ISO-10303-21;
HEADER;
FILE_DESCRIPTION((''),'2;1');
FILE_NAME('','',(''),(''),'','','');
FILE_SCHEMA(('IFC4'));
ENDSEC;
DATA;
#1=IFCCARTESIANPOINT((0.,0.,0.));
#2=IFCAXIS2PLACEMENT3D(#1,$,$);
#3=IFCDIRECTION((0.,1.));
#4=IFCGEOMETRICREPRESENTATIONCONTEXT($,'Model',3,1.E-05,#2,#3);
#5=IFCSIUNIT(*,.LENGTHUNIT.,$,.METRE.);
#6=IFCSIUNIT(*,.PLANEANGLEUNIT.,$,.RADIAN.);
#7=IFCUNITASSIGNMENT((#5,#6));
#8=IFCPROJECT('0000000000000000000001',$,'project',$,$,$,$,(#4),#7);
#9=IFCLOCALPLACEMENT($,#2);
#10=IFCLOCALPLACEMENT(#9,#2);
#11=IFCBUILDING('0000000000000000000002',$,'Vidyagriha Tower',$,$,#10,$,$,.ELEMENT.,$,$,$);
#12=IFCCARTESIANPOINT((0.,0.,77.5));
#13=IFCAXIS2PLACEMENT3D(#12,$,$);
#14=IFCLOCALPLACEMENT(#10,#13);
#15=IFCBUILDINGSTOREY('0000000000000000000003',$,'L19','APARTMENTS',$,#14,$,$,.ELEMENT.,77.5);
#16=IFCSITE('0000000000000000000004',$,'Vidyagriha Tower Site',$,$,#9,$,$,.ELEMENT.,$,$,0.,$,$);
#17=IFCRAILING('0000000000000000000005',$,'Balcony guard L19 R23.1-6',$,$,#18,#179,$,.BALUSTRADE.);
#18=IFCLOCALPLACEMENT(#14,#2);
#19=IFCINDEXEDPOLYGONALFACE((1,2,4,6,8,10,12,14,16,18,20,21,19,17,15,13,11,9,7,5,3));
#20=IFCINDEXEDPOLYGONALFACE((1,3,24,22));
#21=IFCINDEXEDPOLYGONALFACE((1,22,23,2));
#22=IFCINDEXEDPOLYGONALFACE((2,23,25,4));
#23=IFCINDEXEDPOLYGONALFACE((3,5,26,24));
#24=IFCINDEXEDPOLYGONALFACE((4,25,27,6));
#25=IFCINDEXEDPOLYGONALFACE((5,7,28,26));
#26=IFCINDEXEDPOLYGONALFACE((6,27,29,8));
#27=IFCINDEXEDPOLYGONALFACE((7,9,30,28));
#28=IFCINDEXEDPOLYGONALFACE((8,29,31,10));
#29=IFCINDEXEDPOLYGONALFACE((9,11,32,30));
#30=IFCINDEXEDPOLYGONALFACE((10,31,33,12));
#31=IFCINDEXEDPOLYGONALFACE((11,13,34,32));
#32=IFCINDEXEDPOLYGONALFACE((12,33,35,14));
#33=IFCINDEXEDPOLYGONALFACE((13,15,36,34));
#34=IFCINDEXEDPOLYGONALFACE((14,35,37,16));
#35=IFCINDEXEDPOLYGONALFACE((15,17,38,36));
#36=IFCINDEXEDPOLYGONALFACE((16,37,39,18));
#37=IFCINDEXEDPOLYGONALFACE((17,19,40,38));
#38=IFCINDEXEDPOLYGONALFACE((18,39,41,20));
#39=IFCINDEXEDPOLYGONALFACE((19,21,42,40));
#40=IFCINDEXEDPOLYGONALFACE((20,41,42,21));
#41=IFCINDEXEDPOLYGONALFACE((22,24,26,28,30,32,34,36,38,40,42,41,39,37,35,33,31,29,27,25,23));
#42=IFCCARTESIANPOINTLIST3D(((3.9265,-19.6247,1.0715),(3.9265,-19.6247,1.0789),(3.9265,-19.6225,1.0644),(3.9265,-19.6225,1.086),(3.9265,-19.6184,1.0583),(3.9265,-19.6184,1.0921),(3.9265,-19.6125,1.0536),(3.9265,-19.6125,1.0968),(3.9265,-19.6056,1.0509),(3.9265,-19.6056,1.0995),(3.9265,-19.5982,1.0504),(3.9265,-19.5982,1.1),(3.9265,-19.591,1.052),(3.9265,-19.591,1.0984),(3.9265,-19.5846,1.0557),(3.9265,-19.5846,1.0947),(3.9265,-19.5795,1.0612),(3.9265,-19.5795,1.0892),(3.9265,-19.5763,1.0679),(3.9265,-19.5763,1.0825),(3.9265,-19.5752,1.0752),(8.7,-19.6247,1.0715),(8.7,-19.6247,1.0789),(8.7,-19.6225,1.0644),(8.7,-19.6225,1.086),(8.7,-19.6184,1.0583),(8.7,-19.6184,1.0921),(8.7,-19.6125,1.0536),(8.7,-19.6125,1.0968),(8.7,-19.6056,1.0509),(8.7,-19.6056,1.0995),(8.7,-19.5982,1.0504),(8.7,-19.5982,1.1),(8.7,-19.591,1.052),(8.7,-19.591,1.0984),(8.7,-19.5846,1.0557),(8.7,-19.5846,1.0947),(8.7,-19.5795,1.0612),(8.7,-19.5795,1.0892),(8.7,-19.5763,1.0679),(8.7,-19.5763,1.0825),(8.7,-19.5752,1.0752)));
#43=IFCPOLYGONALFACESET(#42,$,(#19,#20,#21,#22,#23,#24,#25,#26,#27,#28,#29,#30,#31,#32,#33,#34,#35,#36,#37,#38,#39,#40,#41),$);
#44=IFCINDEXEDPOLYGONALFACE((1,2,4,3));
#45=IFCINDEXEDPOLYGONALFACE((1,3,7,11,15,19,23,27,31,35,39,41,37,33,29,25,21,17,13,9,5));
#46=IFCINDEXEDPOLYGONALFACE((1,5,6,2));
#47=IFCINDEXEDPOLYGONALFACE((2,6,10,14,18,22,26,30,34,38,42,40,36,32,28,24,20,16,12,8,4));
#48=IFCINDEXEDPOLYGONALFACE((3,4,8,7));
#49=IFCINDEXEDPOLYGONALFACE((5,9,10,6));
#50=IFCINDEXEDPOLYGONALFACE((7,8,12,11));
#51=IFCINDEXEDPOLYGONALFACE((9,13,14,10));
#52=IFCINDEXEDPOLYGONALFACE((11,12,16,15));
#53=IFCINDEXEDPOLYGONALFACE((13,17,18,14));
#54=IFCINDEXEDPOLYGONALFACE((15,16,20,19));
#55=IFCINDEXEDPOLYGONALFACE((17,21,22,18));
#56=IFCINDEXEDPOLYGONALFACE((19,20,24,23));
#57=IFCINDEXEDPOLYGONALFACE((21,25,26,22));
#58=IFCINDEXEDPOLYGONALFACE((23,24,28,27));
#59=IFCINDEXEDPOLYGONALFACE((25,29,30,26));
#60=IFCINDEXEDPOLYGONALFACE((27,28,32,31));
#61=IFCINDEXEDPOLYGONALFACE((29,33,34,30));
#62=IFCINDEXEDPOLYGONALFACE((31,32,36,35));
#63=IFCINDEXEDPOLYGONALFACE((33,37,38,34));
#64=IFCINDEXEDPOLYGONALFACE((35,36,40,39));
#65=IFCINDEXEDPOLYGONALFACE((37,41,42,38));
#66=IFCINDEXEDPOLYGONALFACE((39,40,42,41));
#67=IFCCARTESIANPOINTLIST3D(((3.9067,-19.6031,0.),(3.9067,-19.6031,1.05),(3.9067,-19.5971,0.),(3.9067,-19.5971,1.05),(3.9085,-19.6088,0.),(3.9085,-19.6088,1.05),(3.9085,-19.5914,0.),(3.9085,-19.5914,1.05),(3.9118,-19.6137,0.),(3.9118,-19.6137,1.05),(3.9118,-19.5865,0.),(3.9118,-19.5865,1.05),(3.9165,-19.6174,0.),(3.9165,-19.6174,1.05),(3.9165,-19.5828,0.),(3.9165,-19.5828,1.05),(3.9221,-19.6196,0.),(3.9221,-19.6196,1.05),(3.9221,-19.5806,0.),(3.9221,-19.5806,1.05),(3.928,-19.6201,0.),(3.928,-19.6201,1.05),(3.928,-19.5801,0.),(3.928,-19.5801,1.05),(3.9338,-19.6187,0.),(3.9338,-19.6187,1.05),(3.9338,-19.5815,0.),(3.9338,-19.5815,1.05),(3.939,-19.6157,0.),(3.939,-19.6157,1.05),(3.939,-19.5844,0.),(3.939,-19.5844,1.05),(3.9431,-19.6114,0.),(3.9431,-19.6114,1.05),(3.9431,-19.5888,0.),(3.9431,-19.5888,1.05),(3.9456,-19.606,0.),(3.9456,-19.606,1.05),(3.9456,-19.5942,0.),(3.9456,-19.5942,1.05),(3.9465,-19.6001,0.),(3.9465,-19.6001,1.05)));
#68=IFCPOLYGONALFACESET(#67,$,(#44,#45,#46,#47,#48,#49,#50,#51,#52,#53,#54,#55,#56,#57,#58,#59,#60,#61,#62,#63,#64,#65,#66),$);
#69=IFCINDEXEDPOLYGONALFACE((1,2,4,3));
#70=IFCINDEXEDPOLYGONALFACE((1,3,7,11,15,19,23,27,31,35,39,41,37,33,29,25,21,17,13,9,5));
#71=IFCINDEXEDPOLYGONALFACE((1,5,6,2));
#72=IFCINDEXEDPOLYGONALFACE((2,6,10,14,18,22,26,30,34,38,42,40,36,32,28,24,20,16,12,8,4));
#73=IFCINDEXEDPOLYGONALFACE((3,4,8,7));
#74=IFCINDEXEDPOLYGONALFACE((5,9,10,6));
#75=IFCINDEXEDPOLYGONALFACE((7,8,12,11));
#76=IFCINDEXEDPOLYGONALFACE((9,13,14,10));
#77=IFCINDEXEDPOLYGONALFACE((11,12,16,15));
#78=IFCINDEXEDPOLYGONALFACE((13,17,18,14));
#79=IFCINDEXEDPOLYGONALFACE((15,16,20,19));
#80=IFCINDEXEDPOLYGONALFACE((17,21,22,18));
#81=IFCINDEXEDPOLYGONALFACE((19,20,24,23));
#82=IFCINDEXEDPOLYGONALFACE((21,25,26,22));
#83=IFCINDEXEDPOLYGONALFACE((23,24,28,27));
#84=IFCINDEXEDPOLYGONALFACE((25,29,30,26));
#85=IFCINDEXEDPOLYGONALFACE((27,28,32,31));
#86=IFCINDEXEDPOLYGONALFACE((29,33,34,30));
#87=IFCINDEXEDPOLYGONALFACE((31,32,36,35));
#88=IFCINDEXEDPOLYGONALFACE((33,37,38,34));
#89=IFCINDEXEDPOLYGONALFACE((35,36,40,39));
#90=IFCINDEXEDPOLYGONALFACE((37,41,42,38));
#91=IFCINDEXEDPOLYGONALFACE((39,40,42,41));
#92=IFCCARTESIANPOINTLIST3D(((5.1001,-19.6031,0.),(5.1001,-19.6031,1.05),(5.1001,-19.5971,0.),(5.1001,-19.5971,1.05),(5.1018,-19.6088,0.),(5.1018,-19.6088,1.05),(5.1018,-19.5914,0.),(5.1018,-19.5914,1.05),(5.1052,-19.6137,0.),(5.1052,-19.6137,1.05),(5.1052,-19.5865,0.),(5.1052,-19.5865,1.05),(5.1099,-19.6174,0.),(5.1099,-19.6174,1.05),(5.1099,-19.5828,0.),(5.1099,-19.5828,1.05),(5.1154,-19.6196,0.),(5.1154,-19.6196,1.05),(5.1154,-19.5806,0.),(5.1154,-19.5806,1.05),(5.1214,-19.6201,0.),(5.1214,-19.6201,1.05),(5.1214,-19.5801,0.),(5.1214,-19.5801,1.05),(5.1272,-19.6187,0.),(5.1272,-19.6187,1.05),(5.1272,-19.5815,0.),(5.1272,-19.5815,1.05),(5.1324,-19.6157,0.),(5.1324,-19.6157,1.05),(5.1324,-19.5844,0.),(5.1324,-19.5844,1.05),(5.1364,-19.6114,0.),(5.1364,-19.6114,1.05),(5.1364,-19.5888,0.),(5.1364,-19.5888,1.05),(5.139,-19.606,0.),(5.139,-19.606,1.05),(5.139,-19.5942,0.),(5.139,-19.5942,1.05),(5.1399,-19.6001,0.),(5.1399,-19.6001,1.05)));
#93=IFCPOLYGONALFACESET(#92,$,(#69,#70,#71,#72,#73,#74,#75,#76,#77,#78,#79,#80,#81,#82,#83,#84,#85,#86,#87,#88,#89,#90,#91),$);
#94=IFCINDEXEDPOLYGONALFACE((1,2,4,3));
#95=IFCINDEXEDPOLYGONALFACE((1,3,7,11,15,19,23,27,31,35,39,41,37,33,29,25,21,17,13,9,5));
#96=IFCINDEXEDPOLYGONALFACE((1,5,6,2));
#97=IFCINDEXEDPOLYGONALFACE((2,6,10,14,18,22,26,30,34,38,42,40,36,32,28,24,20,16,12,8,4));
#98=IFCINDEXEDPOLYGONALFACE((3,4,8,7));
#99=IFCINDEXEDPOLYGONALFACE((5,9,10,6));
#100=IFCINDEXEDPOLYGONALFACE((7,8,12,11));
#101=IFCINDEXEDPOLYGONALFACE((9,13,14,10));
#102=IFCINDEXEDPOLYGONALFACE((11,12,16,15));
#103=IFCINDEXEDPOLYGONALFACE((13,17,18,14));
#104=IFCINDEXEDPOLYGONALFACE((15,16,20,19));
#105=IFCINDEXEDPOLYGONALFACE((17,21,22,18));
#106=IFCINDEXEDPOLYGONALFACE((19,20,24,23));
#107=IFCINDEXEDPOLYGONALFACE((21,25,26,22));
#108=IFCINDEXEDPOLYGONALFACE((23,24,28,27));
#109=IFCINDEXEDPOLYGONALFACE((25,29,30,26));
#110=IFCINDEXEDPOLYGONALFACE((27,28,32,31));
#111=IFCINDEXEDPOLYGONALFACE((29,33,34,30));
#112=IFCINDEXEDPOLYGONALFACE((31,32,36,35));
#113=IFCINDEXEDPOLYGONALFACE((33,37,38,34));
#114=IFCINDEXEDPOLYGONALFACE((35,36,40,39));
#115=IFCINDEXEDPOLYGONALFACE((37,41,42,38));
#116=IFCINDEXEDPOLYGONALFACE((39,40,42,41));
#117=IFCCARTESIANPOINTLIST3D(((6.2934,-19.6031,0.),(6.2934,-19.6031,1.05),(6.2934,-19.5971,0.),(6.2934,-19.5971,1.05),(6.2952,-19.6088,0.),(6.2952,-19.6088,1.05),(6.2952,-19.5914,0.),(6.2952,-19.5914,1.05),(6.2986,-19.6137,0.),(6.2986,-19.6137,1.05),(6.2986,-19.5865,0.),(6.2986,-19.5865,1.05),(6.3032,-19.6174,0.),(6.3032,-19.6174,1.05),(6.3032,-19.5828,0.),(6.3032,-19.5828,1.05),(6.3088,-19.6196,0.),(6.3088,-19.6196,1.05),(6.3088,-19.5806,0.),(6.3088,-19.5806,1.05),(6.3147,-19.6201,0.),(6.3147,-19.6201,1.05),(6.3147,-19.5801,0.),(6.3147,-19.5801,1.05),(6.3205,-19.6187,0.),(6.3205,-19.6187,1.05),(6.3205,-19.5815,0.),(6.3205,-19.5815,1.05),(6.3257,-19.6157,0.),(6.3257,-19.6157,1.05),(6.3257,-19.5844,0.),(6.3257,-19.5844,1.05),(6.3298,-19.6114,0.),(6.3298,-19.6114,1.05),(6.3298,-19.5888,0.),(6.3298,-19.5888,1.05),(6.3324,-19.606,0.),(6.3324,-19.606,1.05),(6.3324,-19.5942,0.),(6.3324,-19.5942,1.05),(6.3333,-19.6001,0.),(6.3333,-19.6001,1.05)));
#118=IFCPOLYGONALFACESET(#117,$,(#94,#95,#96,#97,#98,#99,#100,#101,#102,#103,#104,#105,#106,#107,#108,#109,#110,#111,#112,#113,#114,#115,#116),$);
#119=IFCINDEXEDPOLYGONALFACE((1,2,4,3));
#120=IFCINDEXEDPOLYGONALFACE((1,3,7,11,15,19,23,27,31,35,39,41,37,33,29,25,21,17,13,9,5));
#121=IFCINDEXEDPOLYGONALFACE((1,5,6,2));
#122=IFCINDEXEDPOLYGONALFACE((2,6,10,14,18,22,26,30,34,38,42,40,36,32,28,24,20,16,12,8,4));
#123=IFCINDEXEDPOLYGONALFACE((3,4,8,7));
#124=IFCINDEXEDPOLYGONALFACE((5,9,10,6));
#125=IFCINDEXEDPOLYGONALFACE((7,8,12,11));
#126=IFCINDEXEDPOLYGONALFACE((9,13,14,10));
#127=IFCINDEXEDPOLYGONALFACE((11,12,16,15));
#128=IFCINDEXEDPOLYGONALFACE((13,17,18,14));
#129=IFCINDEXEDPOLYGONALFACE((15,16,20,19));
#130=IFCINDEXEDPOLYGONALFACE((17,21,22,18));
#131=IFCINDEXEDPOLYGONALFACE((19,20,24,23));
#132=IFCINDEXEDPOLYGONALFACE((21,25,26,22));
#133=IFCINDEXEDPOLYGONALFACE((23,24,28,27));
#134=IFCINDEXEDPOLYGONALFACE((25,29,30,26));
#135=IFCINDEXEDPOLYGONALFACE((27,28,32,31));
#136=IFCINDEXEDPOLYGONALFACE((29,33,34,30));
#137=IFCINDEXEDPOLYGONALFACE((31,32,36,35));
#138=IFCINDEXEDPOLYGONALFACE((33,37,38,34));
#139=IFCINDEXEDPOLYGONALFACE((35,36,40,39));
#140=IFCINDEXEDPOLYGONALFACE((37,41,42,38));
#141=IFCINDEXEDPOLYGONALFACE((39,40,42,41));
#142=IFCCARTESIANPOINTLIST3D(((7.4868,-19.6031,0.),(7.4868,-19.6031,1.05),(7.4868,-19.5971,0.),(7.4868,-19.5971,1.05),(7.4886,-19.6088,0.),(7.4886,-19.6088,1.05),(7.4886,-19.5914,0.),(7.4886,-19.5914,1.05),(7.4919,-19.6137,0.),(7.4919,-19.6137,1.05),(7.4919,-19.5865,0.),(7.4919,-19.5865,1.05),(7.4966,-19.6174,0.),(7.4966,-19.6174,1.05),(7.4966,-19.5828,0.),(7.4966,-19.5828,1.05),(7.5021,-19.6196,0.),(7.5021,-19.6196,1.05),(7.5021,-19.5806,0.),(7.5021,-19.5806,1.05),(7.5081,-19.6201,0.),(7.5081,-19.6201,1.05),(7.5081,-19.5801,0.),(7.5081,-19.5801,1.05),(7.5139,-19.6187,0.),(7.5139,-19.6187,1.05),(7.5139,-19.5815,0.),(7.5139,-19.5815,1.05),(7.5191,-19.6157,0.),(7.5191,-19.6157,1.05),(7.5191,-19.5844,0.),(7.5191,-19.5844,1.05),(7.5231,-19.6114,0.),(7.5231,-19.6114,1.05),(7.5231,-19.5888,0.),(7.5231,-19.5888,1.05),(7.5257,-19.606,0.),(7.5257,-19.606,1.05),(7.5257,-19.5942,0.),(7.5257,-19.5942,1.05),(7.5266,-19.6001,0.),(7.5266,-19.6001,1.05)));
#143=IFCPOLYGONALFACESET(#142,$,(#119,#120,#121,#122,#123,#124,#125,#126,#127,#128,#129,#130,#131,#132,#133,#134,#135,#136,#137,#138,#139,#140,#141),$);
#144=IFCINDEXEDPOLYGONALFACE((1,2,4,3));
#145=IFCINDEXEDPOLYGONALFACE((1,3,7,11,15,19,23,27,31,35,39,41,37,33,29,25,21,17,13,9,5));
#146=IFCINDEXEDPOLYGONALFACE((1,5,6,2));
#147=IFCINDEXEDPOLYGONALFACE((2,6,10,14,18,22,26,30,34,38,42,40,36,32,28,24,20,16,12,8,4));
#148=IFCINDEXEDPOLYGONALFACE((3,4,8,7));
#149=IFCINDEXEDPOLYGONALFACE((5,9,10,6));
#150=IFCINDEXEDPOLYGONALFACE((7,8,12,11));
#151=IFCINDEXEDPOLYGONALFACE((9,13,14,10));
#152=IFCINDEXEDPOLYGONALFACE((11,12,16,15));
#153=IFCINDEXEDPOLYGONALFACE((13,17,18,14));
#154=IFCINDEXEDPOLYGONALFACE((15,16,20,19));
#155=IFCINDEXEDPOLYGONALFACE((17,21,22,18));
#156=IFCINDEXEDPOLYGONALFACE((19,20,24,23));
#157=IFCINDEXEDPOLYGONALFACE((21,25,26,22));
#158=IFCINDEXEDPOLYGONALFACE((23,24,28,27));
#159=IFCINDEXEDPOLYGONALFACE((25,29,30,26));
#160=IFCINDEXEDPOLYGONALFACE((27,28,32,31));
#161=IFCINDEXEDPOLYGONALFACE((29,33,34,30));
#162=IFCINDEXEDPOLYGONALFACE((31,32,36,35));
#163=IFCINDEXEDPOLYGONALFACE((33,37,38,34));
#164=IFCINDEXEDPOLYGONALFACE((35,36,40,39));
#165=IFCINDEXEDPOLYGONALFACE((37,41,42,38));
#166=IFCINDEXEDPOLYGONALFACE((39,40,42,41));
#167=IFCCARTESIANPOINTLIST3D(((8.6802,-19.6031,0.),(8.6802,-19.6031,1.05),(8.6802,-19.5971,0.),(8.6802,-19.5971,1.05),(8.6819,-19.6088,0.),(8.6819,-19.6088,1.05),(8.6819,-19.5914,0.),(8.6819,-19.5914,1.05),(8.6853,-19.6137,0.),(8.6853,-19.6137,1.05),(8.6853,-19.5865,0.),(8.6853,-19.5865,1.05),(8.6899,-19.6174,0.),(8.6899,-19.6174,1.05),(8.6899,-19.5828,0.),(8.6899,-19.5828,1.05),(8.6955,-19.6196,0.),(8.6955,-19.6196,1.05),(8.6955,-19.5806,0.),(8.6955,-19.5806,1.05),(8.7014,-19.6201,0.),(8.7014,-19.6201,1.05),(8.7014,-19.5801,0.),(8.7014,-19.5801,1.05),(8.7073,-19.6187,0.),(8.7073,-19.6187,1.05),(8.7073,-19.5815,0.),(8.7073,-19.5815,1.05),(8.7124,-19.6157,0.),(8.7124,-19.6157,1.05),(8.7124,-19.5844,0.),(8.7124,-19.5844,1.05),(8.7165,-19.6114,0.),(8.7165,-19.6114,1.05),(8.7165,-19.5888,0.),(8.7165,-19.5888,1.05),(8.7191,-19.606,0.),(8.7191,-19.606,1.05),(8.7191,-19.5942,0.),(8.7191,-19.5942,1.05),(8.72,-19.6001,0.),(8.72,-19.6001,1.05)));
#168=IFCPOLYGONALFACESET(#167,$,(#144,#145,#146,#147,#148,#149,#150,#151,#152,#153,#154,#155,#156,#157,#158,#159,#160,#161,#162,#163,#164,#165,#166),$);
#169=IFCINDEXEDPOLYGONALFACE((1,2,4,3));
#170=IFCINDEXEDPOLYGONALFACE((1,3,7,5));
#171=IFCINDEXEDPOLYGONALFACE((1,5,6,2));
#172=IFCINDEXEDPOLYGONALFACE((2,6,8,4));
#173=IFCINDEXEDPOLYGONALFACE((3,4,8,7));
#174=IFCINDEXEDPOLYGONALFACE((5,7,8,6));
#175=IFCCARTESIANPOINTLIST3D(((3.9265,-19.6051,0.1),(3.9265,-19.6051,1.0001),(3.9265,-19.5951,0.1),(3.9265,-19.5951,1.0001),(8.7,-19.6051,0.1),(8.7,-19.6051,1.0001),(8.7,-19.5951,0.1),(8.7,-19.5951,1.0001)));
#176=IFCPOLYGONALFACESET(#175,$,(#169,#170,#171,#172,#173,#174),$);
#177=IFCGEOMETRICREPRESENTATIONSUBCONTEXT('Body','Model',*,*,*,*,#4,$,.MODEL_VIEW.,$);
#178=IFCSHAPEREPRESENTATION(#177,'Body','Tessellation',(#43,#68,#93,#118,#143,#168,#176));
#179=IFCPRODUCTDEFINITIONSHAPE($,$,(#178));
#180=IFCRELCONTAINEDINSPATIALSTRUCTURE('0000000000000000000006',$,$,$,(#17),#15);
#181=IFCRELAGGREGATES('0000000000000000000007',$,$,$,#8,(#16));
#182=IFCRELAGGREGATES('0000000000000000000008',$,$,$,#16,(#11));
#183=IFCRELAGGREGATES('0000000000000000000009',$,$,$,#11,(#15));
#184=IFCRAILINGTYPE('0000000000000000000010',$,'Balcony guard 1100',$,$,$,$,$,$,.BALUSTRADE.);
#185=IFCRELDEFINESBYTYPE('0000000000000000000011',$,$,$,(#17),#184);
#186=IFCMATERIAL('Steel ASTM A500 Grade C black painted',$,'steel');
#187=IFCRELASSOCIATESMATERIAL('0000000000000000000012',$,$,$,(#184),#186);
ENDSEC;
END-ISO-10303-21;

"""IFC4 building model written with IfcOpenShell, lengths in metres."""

from ifc_helpers import new_model, si_unit, direction, frame, origin, origin_2d, place, context, subcontext, project, spatial, rectangle, circle, extrude, material, type_object, element, save


model = new_model("IFC4")

# Units and contexts
model_context = context("Model", 3, precision=1e-05, world=origin(), true_north=direction((0.0, 1.0)))
body_context = subcontext(model_context, "Body", "Model", "MODEL_VIEW")
ifc_project = project(units=[si_unit("LENGTHUNIT", "METRE"), si_unit("PLANEANGLEUNIT", "RADIAN")], contexts=[model_context])

# Site, building, storey
site_placement = place(None, origin())
site = spatial("IfcSite", under=ifc_project, at=site_placement, Name="Vidyagriha Tower Site", CompositionType="ELEMENT", RefElevation=0.0)
building_placement = place(site_placement, origin())
building = spatial("IfcBuilding", under=site, at=building_placement, Name="Vidyagriha Tower", CompositionType="ELEMENT")
storey_placement = place(building_placement, frame((0.0, 0.0, 77.5)))
storey = spatial("IfcBuildingStorey", under=building, at=storey_placement, Name="L19", Description="APARTMENTS", CompositionType="ELEMENT", Elevation=77.5)

# Railing
ifc_material_1 = material(Name="Steel ASTM A500 Grade C black painted", Category="steel")
railing_type = type_object("IfcRailingType", Name="Balcony guard 1100", PredefinedType="BALUSTRADE", material=ifc_material_1)
railing_1_placement = place(storey_placement, frame((3.9265, -19.6001, 0.0)))
element("IfcRailing", 1, at=railing_1_placement, inside=storey, type_object=railing_type, Name="Balcony guard L19 R23.1-6", PredefinedType="BALUSTRADE", context=body_context, shape_type="SweptSolid", body=[
    extrude(circle(Radius=0.0249, at=origin_2d()), frame((0.0, 0.0, 1.0752), z_axis=(1.0, 0.0, 0.0), x_axis=(0.0, 1.0, 0.0)), (0.0, 0.0, 1.0), 4.7734),
    extrude(circle(Radius=0.02, at=origin_2d()), origin(), (0.0, 0.0, 1.0), 1.05),
    extrude(circle(Radius=0.02, at=origin_2d()), frame((1.1934, 0.0, 0.0)), (0.0, 0.0, 1.0), 1.05),
    extrude(circle(Radius=0.02, at=origin_2d()), frame((2.3867, 0.0, 0.0)), (0.0, 0.0, 1.0), 1.05),
    extrude(circle(Radius=0.02, at=origin_2d()), frame((3.5801, 0.0, 0.0)), (0.0, 0.0, 1.0), 1.05),
    extrude(circle(Radius=0.02, at=origin_2d()), frame((4.7734, 0.0, 0.0)), (0.0, 0.0, 1.0), 1.05),
    extrude(rectangle(XDim=0.01, YDim=0.9001, at=origin_2d()), frame((0.0, 0.0, 0.55), z_axis=(1.0, 0.0, 0.0), x_axis=(0.0, 1.0, 0.0)), (0.0, 0.0, 1.0), 4.7734),
])

save(model, "model.ifc")
